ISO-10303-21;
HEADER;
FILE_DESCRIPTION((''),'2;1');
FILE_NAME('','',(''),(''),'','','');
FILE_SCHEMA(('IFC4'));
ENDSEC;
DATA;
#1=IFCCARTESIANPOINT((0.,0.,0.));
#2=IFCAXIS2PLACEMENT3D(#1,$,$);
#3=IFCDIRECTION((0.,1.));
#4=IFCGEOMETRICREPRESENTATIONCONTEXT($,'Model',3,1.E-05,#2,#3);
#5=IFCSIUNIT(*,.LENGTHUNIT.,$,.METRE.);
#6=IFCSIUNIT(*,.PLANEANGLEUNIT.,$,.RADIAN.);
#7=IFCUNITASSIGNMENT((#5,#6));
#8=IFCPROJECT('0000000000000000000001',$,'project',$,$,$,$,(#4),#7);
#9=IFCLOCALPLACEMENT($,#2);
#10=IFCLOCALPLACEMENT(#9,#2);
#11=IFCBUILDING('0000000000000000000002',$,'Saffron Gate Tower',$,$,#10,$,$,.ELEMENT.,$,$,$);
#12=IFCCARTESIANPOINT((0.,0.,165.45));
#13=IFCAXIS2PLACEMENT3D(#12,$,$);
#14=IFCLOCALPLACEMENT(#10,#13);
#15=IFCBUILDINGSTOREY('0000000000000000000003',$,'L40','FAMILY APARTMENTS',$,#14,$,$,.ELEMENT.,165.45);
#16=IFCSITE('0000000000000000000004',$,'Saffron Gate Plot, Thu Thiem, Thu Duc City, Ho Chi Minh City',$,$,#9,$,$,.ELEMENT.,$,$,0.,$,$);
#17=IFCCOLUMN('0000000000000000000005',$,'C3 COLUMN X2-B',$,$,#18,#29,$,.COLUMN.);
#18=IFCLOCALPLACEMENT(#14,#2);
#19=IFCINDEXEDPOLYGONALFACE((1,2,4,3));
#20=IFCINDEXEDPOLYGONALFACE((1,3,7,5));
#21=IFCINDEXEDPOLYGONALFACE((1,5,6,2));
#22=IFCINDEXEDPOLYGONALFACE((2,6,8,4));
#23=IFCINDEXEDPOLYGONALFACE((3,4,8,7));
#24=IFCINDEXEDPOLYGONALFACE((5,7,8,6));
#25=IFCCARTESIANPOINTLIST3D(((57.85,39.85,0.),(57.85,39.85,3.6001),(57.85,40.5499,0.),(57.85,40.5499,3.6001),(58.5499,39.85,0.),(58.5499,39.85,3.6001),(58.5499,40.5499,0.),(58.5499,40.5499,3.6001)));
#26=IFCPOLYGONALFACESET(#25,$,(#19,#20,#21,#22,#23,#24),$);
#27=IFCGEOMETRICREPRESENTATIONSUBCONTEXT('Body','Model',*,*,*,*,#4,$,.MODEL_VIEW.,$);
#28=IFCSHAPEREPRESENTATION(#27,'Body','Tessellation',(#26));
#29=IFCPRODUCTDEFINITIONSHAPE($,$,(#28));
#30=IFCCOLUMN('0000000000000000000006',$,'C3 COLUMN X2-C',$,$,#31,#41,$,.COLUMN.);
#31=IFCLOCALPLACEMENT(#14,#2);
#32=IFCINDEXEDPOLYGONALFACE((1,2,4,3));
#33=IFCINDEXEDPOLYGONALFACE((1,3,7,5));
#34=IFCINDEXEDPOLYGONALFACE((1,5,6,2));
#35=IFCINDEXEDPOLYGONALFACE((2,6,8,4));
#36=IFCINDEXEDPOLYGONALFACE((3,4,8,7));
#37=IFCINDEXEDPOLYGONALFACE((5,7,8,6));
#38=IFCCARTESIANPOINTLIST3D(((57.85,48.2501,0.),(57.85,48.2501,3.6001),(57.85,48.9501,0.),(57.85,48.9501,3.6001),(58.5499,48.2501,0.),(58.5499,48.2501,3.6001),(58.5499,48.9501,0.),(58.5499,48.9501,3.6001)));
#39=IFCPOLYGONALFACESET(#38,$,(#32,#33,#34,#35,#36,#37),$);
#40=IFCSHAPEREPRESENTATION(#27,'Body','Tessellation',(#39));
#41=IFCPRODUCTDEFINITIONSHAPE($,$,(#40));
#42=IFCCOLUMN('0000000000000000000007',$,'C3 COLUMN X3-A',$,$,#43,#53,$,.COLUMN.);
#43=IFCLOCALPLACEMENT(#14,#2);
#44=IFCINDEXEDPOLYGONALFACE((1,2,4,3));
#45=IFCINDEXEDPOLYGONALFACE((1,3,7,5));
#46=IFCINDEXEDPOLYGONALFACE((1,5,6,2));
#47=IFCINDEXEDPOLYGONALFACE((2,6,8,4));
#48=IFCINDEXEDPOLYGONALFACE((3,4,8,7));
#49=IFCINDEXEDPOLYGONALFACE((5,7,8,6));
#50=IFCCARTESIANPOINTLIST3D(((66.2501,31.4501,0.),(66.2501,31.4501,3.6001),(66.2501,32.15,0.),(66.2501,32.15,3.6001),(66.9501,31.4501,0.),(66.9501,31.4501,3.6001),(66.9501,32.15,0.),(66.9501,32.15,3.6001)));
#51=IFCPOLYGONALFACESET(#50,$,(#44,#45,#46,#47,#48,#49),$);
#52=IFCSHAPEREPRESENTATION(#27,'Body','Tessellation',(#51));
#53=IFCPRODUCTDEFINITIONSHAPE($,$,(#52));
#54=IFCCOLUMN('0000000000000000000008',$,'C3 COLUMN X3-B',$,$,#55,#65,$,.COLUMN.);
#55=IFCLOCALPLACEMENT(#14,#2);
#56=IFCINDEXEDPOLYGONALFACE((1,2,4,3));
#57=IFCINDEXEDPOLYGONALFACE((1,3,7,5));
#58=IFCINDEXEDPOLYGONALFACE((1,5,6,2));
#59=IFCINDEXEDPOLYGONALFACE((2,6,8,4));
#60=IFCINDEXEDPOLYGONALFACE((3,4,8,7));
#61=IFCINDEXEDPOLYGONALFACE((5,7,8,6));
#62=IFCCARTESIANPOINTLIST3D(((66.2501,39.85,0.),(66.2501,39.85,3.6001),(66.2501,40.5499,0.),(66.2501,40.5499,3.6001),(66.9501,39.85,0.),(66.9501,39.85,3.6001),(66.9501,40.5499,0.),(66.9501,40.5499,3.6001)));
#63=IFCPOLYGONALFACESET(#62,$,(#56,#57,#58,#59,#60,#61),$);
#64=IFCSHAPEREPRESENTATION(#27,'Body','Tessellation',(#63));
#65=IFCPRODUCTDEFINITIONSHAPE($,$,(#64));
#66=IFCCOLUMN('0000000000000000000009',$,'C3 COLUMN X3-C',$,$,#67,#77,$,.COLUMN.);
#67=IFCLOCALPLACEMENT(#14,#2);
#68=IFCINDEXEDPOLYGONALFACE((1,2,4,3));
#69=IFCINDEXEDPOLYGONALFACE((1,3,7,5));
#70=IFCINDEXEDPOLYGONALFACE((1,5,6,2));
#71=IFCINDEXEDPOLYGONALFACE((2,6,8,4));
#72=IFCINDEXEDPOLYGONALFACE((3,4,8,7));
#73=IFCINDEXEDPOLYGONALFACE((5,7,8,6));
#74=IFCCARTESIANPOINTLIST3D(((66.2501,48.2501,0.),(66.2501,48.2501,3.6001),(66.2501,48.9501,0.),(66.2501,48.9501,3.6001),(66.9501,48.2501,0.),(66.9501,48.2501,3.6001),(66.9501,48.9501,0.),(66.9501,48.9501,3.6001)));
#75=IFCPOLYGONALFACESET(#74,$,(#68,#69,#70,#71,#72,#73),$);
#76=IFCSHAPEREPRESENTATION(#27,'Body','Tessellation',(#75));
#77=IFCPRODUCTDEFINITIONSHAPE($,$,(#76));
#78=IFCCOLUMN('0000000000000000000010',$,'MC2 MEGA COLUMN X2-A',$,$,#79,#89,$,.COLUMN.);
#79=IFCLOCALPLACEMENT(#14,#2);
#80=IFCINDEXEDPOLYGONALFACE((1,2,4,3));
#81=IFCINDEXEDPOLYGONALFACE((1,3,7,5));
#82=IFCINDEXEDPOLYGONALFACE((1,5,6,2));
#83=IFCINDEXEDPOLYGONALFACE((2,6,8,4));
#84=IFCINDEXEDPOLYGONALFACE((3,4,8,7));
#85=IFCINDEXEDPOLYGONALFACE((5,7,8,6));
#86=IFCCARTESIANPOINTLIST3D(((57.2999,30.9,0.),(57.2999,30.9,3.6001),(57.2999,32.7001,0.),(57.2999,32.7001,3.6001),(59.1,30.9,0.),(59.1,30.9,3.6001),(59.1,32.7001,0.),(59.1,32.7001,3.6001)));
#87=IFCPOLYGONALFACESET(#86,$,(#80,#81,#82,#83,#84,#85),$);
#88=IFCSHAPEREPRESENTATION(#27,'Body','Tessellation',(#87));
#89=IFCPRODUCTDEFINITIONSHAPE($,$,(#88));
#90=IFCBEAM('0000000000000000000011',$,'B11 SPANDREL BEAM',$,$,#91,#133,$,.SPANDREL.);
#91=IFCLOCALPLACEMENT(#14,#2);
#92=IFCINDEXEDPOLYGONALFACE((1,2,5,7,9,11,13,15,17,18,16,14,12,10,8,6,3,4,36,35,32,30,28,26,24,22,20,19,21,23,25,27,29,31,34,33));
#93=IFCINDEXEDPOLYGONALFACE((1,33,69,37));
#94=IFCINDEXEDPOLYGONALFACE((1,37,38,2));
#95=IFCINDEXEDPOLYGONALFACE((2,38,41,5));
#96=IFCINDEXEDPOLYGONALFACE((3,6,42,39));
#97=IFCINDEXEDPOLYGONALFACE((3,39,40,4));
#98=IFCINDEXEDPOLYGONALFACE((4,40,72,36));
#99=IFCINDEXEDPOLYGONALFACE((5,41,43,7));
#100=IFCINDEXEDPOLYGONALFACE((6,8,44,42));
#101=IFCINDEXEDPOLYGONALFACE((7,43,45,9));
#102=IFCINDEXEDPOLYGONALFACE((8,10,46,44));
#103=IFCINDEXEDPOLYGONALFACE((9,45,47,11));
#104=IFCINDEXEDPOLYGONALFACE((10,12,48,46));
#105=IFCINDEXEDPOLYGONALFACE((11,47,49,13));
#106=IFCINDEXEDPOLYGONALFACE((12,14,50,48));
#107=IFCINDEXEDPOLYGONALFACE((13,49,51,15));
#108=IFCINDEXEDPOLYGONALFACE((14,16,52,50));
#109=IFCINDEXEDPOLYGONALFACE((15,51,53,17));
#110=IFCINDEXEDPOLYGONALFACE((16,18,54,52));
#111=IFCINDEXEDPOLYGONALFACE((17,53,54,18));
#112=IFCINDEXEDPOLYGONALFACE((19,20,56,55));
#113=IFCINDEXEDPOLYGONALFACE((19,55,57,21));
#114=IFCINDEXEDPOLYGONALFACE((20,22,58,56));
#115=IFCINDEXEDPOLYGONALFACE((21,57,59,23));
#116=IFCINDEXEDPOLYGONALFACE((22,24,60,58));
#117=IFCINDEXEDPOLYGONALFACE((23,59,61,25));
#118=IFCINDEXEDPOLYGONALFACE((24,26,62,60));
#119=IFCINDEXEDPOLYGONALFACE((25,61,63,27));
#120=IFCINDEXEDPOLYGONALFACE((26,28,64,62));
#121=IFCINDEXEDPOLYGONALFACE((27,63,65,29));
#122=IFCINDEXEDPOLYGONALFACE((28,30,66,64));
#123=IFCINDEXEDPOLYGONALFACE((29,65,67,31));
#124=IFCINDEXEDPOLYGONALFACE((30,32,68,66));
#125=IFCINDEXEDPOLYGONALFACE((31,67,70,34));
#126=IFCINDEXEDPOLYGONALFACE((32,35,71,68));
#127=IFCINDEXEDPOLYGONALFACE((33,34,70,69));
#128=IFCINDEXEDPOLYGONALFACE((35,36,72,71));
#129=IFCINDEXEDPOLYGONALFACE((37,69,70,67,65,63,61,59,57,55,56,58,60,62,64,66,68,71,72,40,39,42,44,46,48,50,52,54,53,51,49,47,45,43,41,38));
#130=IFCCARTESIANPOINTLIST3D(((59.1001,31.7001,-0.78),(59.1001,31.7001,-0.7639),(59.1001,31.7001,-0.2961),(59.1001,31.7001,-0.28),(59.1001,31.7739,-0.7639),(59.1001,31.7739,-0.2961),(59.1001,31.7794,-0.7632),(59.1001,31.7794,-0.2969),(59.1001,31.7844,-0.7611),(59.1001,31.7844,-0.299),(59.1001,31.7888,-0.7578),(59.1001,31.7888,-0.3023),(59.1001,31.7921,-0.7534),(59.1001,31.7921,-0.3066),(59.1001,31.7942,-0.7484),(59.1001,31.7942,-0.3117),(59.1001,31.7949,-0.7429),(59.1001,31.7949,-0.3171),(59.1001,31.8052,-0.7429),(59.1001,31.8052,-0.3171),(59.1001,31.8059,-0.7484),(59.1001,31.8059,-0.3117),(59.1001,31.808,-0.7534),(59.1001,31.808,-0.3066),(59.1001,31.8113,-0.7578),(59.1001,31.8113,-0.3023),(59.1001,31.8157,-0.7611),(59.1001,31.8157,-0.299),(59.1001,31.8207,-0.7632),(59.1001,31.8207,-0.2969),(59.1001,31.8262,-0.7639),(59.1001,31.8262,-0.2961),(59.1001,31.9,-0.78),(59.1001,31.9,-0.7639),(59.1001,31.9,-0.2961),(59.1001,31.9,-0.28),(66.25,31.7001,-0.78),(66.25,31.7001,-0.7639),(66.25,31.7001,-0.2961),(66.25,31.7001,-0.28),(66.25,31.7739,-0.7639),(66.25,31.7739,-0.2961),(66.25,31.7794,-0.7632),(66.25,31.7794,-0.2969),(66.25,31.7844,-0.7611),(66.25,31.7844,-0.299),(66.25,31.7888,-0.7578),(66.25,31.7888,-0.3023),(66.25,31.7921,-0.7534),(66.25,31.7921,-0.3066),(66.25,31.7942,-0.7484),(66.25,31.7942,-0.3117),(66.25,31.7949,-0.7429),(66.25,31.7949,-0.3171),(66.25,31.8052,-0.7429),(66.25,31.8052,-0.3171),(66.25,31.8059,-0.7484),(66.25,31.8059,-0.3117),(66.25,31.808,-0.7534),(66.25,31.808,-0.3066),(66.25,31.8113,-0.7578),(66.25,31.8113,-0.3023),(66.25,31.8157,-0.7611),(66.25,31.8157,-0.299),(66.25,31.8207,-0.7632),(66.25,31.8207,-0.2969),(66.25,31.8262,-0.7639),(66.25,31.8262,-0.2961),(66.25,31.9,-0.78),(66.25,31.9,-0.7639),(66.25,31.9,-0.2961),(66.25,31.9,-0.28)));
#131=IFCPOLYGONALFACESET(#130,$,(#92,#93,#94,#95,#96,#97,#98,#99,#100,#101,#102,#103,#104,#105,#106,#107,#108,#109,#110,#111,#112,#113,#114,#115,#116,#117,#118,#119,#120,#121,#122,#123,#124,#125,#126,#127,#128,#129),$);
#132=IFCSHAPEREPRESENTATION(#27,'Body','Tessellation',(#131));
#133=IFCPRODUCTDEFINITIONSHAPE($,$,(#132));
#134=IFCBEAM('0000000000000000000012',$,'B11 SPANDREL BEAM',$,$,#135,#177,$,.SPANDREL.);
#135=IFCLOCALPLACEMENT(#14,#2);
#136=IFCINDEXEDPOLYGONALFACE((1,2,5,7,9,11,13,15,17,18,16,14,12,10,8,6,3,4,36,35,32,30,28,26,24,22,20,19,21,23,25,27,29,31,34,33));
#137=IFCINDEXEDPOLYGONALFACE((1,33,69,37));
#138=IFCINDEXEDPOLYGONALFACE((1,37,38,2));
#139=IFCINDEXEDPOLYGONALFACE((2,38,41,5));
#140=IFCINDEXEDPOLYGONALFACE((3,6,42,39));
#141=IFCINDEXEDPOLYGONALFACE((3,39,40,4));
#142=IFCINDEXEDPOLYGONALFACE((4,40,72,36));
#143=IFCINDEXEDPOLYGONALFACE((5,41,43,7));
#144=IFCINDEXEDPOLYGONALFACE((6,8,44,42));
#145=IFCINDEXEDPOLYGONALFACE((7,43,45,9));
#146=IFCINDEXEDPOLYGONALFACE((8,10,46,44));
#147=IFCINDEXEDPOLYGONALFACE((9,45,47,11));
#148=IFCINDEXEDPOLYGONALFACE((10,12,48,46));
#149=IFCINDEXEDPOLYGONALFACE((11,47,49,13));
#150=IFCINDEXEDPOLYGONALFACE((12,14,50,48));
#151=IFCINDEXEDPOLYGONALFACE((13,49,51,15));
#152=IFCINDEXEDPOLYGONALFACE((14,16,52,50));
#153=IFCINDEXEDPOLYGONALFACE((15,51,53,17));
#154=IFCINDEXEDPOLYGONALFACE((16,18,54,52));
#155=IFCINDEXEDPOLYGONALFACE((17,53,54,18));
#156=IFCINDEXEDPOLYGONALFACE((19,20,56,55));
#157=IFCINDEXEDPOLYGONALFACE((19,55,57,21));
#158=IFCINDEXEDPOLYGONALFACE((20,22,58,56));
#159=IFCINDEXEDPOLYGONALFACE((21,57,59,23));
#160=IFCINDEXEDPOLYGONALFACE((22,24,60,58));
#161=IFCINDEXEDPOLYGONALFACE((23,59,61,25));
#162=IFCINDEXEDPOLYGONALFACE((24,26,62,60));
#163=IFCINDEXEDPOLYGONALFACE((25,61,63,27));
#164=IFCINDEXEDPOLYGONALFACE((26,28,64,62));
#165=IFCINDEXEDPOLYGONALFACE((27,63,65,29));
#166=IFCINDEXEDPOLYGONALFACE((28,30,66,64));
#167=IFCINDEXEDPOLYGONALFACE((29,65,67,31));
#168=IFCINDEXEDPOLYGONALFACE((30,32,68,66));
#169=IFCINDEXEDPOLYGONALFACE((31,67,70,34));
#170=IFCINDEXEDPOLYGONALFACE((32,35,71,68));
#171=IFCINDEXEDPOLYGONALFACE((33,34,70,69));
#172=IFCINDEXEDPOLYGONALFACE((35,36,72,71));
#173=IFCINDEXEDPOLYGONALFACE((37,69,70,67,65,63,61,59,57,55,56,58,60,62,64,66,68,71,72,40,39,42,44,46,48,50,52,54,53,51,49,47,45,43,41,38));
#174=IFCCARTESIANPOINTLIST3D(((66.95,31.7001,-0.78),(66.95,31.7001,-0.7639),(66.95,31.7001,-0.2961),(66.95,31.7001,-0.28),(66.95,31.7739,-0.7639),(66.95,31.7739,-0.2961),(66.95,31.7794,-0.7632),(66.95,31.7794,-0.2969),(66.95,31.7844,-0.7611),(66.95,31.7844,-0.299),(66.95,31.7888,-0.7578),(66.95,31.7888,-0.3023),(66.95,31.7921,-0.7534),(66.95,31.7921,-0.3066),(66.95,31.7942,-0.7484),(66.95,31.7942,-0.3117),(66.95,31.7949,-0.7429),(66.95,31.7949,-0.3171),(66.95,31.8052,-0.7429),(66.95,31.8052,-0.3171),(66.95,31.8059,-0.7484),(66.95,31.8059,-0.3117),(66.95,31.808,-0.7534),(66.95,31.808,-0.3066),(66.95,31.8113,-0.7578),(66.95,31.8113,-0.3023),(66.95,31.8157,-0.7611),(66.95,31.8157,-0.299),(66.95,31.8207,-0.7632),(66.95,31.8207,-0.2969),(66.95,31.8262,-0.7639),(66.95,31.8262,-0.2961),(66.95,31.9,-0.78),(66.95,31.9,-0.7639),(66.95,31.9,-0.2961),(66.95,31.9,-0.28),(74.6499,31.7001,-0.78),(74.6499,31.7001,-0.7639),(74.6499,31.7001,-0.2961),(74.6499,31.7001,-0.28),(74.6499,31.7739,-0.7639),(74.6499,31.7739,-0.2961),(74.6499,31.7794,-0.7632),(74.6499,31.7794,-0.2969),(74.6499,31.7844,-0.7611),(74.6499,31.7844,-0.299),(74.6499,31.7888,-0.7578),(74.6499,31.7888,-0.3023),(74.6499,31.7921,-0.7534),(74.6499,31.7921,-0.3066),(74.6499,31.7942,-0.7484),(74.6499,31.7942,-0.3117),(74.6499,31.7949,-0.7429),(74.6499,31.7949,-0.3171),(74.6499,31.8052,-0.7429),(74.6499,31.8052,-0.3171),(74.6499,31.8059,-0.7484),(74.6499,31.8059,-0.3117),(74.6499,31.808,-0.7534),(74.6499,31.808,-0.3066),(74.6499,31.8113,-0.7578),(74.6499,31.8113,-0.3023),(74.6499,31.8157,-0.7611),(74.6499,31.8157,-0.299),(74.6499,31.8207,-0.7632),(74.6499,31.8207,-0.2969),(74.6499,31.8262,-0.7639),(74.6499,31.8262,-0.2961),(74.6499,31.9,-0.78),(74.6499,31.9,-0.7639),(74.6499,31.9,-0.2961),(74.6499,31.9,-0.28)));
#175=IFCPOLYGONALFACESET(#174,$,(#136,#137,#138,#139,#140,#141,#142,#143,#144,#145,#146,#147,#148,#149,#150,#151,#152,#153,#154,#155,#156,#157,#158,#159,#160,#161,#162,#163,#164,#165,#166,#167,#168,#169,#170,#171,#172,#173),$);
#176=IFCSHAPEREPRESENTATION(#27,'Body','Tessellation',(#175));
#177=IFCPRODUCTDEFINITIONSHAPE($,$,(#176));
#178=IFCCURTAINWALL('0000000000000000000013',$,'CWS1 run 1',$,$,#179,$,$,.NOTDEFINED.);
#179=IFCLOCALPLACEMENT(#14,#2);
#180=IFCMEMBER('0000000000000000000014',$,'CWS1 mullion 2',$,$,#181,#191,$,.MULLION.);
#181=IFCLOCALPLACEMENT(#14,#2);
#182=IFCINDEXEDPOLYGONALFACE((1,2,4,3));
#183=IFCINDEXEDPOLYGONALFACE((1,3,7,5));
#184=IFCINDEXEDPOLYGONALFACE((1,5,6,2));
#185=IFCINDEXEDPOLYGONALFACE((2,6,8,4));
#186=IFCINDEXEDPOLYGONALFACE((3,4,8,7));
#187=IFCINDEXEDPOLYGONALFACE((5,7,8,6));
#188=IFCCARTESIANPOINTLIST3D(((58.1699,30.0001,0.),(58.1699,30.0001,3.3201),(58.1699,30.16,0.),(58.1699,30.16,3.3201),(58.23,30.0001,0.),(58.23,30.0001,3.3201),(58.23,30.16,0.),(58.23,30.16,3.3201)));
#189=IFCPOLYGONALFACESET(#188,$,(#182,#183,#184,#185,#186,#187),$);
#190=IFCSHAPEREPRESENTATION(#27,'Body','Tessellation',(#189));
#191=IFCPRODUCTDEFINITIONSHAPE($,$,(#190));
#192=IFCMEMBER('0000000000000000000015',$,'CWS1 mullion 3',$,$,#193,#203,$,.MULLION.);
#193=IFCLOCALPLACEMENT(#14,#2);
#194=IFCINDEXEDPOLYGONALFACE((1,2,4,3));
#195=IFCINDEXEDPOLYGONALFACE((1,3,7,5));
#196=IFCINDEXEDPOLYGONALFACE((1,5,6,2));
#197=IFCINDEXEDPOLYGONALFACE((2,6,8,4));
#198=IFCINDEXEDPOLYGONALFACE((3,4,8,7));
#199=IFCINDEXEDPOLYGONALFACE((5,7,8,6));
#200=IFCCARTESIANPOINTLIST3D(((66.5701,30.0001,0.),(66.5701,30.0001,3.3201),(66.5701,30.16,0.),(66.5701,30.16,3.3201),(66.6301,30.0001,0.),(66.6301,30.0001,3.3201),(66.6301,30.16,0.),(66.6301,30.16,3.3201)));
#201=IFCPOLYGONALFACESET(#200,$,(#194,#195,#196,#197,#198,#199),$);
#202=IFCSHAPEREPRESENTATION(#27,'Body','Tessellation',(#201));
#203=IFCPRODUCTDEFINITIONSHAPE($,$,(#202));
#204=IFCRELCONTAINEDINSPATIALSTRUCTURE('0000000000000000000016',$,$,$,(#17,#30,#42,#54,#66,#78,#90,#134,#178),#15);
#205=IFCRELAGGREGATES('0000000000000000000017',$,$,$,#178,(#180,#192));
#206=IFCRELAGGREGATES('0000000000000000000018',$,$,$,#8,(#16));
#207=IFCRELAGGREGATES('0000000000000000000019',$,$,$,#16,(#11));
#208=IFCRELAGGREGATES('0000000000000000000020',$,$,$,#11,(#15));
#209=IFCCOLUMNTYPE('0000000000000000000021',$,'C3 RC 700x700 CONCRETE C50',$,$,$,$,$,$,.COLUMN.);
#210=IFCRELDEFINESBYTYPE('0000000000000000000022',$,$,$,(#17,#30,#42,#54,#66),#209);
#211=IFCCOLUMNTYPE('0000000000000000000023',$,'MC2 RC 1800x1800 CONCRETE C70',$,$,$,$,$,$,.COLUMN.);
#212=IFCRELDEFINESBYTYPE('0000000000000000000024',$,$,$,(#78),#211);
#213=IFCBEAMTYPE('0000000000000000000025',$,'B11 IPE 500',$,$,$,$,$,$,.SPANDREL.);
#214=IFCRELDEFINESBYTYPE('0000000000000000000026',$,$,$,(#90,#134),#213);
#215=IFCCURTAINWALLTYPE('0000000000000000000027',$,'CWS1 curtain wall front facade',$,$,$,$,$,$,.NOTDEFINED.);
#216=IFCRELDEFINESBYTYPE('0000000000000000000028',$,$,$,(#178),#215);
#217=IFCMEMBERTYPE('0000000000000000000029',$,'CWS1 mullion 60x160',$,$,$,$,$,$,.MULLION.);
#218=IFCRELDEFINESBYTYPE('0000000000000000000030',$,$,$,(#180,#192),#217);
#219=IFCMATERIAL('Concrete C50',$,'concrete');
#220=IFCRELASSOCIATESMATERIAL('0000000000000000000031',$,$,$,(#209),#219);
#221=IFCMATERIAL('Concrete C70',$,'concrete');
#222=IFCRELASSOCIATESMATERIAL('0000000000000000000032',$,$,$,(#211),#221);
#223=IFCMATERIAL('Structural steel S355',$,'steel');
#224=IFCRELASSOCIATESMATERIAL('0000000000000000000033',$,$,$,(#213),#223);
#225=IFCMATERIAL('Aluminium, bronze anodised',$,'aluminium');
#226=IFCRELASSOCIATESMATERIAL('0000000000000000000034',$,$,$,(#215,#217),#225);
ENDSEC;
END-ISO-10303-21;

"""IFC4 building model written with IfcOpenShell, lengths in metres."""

from ifc_helpers import new_model, si_unit, direction, frame, origin, origin_2d, place, context, subcontext, project, spatial, rectangle, i_section, extrude, material, material_profile, profile_set, type_object, element, aggregate, save


model = new_model("IFC4")

# Units and contexts
model_context = context("Model", 3, precision=1e-05, world=origin(), true_north=direction((0.0, 1.0)))
body_context = subcontext(model_context, "Body", "Model", "MODEL_VIEW")
ifc_project = project(units=[si_unit("LENGTHUNIT", "METRE"), si_unit("PLANEANGLEUNIT", "RADIAN")], contexts=[model_context])

# Site, building, storey
site_placement = place(None, origin())
site = spatial("IfcSite", under=ifc_project, at=site_placement, Name="Saffron Gate Plot, Thu Thiem, Thu Duc City, Ho Chi Minh City", CompositionType="ELEMENT", RefElevation=0.0)
building_placement = place(site_placement, origin())
building = spatial("IfcBuilding", under=site, at=building_placement, Name="Saffron Gate Tower", CompositionType="ELEMENT")
storey_placement = place(building_placement, frame((0.0, 0.0, 165.45)))
storey = spatial("IfcBuildingStorey", under=building, at=storey_placement, Name="L40", Description="FAMILY APARTMENTS", CompositionType="ELEMENT", Elevation=165.45)

# Columns
ifc_material_1 = material(Name="Concrete C50", Category="concrete")
ifc_material_profile_1 = material_profile(ifc_material_1, rectangle(XDim=0.7, YDim=0.7, at=origin_2d()))
ifc_profile_set_1 = profile_set([ifc_material_profile_1], Name="Concrete C50")
column_type_1 = type_object("IfcColumnType", Name="C3 RC 700x700 CONCRETE C50", PredefinedType="COLUMN", material=ifc_profile_set_1)
for number, where, z_axis, x_axis, name in (
    (1, (58.2, 40.2, 0.0), (0.0, 0.0, 1.0), (1.0, 0.0, 0.0), "C3 COLUMN X2-B"),
    (2, (58.2, 48.6001, 0.0), (0.0, 0.0, 1.0), (1.0, 0.0, 0.0), "C3 COLUMN X2-C"),
    (3, (66.6001, 31.8, 0.0), (0.0, 0.0, 1.0), (1.0, 0.0, 0.0), "C3 COLUMN X3-A"),
    (4, (66.6001, 40.2, 0.0), (0.0, 0.0, 1.0), (1.0, 0.0, 0.0), "C3 COLUMN X3-B"),
    (5, (66.6001, 48.6001, 0.0), (0.0, 0.0, 1.0), (1.0, 0.0, 0.0), "C3 COLUMN X3-C"),
):
    element("IfcColumn", number, at=place(storey_placement, frame(where, z_axis=z_axis, x_axis=x_axis)), inside=storey, type_object=column_type_1, Name=name, PredefinedType="COLUMN", context=body_context, shape_type="SweptSolid", body=[
        extrude(rectangle(XDim=0.7, YDim=0.7, at=origin_2d()), origin(), (0.0, 0.0, 1.0), 3.6001),
    ])
ifc_material_2 = material(Name="Concrete C70", Category="concrete")
ifc_material_profile_2 = material_profile(ifc_material_2, rectangle(XDim=1.8, YDim=1.8, at=origin_2d()))
ifc_profile_set_2 = profile_set([ifc_material_profile_2], Name="Concrete C70")
column_type_2 = type_object("IfcColumnType", Name="MC2 RC 1800x1800 CONCRETE C70", PredefinedType="COLUMN", material=ifc_profile_set_2)
column_placement = place(storey_placement, frame((58.2, 31.8, 0.0), z_axis=(0.0, 0.0, 1.0), x_axis=(1.0, 0.0, 0.0)))
element("IfcColumn", 6, at=column_placement, inside=storey, type_object=column_type_2, Name="MC2 MEGA COLUMN X2-A", PredefinedType="COLUMN", context=body_context, shape_type="SweptSolid", body=[
    extrude(rectangle(XDim=1.8, YDim=1.8, at=origin_2d()), origin(), (0.0, 0.0, 1.0), 3.6001),
])

# Beams
ifc_material_3 = material(Name="Structural steel S355", Category="steel")
ifc_material_profile_3 = material_profile(ifc_material_3, i_section(OverallWidth=0.2, OverallDepth=0.5, WebThickness=0.0103, FlangeThickness=0.0161, FilletRadius=0.021, at=origin_2d()))
ifc_profile_set_3 = profile_set([ifc_material_profile_3], Name="Structural steel S355")
beam_type = type_object("IfcBeamType", Name="B11 IPE 500", PredefinedType="SPANDREL", material=ifc_profile_set_3)
beam_1_placement = place(storey_placement, frame((59.1001, 31.8, -0.53), z_axis=(1.0, 0.0, 0.0), x_axis=(0.0, 1.0, 0.0)))
element("IfcBeam", 7, at=beam_1_placement, inside=storey, type_object=beam_type, Name="B11 SPANDREL BEAM", PredefinedType="SPANDREL", context=body_context, shape_type="SweptSolid", body=[
    extrude(i_section(OverallWidth=0.2, OverallDepth=0.5, WebThickness=0.0103, FlangeThickness=0.0161, FilletRadius=0.021, at=origin_2d()), origin(), (0.0, 0.0, 1.0), 7.1499),
])
beam_2_placement = place(storey_placement, frame((66.95, 31.8, -0.53), z_axis=(1.0, 0.0, 0.0), x_axis=(0.0, 1.0, 0.0)))
element("IfcBeam", 8, at=beam_2_placement, inside=storey, type_object=beam_type, Name="B11 SPANDREL BEAM", PredefinedType="SPANDREL", context=body_context, shape_type="SweptSolid", body=[
    extrude(i_section(OverallWidth=0.2, OverallDepth=0.5, WebThickness=0.0103, FlangeThickness=0.0161, FilletRadius=0.021, at=origin_2d()), origin(), (0.0, 0.0, 1.0), 7.7),
])

# Curtain wall, members
ifc_material_4 = material(Name="Aluminium, bronze anodised", Category="aluminium")
curtain_wall_type = type_object("IfcCurtainWallType", Name="CWS1 curtain wall front facade", PredefinedType="NOTDEFINED", material=ifc_material_4)
curtain_wall_placement = place(storey_placement, origin())
curtain_wall = element("IfcCurtainWall", 9, at=curtain_wall_placement, inside=storey, type_object=curtain_wall_type, Name="CWS1 run 1", PredefinedType="NOTDEFINED")
ifc_material_profile_4 = material_profile(ifc_material_4, rectangle(XDim=0.1599, YDim=0.0601, at=origin_2d()))
ifc_profile_set_4 = profile_set([ifc_material_profile_4], Name="Aluminium, bronze anodised")
member_type = type_object("IfcMemberType", Name="CWS1 mullion 60x160", PredefinedType="MULLION", material=ifc_profile_set_4)
member_1_placement = place(storey_placement, frame((58.2, 30.0801, 0.0), z_axis=(0.0, 0.0, 1.0), x_axis=(0.0, 1.0, 0.0)))
member_1 = element("IfcMember", 10, at=member_1_placement, type_object=member_type, Name="CWS1 mullion 2", PredefinedType="MULLION", context=body_context, shape_type="SweptSolid", body=[
    extrude(rectangle(XDim=0.1599, YDim=0.0601, at=origin_2d()), origin(), (0.0, 0.0, 1.0), 3.3201),
])
member_2_placement = place(storey_placement, frame((66.6001, 30.0801, 0.0), z_axis=(0.0, 0.0, 1.0), x_axis=(0.0, 1.0, 0.0)))
member_2 = element("IfcMember", 11, at=member_2_placement, type_object=member_type, Name="CWS1 mullion 3", PredefinedType="MULLION", context=body_context, shape_type="SweptSolid", body=[
    extrude(rectangle(XDim=0.1599, YDim=0.0601, at=origin_2d()), origin(), (0.0, 0.0, 1.0), 3.3201),
])
aggregate(curtain_wall, [member_1, member_2])

save(model, "model.ifc")
